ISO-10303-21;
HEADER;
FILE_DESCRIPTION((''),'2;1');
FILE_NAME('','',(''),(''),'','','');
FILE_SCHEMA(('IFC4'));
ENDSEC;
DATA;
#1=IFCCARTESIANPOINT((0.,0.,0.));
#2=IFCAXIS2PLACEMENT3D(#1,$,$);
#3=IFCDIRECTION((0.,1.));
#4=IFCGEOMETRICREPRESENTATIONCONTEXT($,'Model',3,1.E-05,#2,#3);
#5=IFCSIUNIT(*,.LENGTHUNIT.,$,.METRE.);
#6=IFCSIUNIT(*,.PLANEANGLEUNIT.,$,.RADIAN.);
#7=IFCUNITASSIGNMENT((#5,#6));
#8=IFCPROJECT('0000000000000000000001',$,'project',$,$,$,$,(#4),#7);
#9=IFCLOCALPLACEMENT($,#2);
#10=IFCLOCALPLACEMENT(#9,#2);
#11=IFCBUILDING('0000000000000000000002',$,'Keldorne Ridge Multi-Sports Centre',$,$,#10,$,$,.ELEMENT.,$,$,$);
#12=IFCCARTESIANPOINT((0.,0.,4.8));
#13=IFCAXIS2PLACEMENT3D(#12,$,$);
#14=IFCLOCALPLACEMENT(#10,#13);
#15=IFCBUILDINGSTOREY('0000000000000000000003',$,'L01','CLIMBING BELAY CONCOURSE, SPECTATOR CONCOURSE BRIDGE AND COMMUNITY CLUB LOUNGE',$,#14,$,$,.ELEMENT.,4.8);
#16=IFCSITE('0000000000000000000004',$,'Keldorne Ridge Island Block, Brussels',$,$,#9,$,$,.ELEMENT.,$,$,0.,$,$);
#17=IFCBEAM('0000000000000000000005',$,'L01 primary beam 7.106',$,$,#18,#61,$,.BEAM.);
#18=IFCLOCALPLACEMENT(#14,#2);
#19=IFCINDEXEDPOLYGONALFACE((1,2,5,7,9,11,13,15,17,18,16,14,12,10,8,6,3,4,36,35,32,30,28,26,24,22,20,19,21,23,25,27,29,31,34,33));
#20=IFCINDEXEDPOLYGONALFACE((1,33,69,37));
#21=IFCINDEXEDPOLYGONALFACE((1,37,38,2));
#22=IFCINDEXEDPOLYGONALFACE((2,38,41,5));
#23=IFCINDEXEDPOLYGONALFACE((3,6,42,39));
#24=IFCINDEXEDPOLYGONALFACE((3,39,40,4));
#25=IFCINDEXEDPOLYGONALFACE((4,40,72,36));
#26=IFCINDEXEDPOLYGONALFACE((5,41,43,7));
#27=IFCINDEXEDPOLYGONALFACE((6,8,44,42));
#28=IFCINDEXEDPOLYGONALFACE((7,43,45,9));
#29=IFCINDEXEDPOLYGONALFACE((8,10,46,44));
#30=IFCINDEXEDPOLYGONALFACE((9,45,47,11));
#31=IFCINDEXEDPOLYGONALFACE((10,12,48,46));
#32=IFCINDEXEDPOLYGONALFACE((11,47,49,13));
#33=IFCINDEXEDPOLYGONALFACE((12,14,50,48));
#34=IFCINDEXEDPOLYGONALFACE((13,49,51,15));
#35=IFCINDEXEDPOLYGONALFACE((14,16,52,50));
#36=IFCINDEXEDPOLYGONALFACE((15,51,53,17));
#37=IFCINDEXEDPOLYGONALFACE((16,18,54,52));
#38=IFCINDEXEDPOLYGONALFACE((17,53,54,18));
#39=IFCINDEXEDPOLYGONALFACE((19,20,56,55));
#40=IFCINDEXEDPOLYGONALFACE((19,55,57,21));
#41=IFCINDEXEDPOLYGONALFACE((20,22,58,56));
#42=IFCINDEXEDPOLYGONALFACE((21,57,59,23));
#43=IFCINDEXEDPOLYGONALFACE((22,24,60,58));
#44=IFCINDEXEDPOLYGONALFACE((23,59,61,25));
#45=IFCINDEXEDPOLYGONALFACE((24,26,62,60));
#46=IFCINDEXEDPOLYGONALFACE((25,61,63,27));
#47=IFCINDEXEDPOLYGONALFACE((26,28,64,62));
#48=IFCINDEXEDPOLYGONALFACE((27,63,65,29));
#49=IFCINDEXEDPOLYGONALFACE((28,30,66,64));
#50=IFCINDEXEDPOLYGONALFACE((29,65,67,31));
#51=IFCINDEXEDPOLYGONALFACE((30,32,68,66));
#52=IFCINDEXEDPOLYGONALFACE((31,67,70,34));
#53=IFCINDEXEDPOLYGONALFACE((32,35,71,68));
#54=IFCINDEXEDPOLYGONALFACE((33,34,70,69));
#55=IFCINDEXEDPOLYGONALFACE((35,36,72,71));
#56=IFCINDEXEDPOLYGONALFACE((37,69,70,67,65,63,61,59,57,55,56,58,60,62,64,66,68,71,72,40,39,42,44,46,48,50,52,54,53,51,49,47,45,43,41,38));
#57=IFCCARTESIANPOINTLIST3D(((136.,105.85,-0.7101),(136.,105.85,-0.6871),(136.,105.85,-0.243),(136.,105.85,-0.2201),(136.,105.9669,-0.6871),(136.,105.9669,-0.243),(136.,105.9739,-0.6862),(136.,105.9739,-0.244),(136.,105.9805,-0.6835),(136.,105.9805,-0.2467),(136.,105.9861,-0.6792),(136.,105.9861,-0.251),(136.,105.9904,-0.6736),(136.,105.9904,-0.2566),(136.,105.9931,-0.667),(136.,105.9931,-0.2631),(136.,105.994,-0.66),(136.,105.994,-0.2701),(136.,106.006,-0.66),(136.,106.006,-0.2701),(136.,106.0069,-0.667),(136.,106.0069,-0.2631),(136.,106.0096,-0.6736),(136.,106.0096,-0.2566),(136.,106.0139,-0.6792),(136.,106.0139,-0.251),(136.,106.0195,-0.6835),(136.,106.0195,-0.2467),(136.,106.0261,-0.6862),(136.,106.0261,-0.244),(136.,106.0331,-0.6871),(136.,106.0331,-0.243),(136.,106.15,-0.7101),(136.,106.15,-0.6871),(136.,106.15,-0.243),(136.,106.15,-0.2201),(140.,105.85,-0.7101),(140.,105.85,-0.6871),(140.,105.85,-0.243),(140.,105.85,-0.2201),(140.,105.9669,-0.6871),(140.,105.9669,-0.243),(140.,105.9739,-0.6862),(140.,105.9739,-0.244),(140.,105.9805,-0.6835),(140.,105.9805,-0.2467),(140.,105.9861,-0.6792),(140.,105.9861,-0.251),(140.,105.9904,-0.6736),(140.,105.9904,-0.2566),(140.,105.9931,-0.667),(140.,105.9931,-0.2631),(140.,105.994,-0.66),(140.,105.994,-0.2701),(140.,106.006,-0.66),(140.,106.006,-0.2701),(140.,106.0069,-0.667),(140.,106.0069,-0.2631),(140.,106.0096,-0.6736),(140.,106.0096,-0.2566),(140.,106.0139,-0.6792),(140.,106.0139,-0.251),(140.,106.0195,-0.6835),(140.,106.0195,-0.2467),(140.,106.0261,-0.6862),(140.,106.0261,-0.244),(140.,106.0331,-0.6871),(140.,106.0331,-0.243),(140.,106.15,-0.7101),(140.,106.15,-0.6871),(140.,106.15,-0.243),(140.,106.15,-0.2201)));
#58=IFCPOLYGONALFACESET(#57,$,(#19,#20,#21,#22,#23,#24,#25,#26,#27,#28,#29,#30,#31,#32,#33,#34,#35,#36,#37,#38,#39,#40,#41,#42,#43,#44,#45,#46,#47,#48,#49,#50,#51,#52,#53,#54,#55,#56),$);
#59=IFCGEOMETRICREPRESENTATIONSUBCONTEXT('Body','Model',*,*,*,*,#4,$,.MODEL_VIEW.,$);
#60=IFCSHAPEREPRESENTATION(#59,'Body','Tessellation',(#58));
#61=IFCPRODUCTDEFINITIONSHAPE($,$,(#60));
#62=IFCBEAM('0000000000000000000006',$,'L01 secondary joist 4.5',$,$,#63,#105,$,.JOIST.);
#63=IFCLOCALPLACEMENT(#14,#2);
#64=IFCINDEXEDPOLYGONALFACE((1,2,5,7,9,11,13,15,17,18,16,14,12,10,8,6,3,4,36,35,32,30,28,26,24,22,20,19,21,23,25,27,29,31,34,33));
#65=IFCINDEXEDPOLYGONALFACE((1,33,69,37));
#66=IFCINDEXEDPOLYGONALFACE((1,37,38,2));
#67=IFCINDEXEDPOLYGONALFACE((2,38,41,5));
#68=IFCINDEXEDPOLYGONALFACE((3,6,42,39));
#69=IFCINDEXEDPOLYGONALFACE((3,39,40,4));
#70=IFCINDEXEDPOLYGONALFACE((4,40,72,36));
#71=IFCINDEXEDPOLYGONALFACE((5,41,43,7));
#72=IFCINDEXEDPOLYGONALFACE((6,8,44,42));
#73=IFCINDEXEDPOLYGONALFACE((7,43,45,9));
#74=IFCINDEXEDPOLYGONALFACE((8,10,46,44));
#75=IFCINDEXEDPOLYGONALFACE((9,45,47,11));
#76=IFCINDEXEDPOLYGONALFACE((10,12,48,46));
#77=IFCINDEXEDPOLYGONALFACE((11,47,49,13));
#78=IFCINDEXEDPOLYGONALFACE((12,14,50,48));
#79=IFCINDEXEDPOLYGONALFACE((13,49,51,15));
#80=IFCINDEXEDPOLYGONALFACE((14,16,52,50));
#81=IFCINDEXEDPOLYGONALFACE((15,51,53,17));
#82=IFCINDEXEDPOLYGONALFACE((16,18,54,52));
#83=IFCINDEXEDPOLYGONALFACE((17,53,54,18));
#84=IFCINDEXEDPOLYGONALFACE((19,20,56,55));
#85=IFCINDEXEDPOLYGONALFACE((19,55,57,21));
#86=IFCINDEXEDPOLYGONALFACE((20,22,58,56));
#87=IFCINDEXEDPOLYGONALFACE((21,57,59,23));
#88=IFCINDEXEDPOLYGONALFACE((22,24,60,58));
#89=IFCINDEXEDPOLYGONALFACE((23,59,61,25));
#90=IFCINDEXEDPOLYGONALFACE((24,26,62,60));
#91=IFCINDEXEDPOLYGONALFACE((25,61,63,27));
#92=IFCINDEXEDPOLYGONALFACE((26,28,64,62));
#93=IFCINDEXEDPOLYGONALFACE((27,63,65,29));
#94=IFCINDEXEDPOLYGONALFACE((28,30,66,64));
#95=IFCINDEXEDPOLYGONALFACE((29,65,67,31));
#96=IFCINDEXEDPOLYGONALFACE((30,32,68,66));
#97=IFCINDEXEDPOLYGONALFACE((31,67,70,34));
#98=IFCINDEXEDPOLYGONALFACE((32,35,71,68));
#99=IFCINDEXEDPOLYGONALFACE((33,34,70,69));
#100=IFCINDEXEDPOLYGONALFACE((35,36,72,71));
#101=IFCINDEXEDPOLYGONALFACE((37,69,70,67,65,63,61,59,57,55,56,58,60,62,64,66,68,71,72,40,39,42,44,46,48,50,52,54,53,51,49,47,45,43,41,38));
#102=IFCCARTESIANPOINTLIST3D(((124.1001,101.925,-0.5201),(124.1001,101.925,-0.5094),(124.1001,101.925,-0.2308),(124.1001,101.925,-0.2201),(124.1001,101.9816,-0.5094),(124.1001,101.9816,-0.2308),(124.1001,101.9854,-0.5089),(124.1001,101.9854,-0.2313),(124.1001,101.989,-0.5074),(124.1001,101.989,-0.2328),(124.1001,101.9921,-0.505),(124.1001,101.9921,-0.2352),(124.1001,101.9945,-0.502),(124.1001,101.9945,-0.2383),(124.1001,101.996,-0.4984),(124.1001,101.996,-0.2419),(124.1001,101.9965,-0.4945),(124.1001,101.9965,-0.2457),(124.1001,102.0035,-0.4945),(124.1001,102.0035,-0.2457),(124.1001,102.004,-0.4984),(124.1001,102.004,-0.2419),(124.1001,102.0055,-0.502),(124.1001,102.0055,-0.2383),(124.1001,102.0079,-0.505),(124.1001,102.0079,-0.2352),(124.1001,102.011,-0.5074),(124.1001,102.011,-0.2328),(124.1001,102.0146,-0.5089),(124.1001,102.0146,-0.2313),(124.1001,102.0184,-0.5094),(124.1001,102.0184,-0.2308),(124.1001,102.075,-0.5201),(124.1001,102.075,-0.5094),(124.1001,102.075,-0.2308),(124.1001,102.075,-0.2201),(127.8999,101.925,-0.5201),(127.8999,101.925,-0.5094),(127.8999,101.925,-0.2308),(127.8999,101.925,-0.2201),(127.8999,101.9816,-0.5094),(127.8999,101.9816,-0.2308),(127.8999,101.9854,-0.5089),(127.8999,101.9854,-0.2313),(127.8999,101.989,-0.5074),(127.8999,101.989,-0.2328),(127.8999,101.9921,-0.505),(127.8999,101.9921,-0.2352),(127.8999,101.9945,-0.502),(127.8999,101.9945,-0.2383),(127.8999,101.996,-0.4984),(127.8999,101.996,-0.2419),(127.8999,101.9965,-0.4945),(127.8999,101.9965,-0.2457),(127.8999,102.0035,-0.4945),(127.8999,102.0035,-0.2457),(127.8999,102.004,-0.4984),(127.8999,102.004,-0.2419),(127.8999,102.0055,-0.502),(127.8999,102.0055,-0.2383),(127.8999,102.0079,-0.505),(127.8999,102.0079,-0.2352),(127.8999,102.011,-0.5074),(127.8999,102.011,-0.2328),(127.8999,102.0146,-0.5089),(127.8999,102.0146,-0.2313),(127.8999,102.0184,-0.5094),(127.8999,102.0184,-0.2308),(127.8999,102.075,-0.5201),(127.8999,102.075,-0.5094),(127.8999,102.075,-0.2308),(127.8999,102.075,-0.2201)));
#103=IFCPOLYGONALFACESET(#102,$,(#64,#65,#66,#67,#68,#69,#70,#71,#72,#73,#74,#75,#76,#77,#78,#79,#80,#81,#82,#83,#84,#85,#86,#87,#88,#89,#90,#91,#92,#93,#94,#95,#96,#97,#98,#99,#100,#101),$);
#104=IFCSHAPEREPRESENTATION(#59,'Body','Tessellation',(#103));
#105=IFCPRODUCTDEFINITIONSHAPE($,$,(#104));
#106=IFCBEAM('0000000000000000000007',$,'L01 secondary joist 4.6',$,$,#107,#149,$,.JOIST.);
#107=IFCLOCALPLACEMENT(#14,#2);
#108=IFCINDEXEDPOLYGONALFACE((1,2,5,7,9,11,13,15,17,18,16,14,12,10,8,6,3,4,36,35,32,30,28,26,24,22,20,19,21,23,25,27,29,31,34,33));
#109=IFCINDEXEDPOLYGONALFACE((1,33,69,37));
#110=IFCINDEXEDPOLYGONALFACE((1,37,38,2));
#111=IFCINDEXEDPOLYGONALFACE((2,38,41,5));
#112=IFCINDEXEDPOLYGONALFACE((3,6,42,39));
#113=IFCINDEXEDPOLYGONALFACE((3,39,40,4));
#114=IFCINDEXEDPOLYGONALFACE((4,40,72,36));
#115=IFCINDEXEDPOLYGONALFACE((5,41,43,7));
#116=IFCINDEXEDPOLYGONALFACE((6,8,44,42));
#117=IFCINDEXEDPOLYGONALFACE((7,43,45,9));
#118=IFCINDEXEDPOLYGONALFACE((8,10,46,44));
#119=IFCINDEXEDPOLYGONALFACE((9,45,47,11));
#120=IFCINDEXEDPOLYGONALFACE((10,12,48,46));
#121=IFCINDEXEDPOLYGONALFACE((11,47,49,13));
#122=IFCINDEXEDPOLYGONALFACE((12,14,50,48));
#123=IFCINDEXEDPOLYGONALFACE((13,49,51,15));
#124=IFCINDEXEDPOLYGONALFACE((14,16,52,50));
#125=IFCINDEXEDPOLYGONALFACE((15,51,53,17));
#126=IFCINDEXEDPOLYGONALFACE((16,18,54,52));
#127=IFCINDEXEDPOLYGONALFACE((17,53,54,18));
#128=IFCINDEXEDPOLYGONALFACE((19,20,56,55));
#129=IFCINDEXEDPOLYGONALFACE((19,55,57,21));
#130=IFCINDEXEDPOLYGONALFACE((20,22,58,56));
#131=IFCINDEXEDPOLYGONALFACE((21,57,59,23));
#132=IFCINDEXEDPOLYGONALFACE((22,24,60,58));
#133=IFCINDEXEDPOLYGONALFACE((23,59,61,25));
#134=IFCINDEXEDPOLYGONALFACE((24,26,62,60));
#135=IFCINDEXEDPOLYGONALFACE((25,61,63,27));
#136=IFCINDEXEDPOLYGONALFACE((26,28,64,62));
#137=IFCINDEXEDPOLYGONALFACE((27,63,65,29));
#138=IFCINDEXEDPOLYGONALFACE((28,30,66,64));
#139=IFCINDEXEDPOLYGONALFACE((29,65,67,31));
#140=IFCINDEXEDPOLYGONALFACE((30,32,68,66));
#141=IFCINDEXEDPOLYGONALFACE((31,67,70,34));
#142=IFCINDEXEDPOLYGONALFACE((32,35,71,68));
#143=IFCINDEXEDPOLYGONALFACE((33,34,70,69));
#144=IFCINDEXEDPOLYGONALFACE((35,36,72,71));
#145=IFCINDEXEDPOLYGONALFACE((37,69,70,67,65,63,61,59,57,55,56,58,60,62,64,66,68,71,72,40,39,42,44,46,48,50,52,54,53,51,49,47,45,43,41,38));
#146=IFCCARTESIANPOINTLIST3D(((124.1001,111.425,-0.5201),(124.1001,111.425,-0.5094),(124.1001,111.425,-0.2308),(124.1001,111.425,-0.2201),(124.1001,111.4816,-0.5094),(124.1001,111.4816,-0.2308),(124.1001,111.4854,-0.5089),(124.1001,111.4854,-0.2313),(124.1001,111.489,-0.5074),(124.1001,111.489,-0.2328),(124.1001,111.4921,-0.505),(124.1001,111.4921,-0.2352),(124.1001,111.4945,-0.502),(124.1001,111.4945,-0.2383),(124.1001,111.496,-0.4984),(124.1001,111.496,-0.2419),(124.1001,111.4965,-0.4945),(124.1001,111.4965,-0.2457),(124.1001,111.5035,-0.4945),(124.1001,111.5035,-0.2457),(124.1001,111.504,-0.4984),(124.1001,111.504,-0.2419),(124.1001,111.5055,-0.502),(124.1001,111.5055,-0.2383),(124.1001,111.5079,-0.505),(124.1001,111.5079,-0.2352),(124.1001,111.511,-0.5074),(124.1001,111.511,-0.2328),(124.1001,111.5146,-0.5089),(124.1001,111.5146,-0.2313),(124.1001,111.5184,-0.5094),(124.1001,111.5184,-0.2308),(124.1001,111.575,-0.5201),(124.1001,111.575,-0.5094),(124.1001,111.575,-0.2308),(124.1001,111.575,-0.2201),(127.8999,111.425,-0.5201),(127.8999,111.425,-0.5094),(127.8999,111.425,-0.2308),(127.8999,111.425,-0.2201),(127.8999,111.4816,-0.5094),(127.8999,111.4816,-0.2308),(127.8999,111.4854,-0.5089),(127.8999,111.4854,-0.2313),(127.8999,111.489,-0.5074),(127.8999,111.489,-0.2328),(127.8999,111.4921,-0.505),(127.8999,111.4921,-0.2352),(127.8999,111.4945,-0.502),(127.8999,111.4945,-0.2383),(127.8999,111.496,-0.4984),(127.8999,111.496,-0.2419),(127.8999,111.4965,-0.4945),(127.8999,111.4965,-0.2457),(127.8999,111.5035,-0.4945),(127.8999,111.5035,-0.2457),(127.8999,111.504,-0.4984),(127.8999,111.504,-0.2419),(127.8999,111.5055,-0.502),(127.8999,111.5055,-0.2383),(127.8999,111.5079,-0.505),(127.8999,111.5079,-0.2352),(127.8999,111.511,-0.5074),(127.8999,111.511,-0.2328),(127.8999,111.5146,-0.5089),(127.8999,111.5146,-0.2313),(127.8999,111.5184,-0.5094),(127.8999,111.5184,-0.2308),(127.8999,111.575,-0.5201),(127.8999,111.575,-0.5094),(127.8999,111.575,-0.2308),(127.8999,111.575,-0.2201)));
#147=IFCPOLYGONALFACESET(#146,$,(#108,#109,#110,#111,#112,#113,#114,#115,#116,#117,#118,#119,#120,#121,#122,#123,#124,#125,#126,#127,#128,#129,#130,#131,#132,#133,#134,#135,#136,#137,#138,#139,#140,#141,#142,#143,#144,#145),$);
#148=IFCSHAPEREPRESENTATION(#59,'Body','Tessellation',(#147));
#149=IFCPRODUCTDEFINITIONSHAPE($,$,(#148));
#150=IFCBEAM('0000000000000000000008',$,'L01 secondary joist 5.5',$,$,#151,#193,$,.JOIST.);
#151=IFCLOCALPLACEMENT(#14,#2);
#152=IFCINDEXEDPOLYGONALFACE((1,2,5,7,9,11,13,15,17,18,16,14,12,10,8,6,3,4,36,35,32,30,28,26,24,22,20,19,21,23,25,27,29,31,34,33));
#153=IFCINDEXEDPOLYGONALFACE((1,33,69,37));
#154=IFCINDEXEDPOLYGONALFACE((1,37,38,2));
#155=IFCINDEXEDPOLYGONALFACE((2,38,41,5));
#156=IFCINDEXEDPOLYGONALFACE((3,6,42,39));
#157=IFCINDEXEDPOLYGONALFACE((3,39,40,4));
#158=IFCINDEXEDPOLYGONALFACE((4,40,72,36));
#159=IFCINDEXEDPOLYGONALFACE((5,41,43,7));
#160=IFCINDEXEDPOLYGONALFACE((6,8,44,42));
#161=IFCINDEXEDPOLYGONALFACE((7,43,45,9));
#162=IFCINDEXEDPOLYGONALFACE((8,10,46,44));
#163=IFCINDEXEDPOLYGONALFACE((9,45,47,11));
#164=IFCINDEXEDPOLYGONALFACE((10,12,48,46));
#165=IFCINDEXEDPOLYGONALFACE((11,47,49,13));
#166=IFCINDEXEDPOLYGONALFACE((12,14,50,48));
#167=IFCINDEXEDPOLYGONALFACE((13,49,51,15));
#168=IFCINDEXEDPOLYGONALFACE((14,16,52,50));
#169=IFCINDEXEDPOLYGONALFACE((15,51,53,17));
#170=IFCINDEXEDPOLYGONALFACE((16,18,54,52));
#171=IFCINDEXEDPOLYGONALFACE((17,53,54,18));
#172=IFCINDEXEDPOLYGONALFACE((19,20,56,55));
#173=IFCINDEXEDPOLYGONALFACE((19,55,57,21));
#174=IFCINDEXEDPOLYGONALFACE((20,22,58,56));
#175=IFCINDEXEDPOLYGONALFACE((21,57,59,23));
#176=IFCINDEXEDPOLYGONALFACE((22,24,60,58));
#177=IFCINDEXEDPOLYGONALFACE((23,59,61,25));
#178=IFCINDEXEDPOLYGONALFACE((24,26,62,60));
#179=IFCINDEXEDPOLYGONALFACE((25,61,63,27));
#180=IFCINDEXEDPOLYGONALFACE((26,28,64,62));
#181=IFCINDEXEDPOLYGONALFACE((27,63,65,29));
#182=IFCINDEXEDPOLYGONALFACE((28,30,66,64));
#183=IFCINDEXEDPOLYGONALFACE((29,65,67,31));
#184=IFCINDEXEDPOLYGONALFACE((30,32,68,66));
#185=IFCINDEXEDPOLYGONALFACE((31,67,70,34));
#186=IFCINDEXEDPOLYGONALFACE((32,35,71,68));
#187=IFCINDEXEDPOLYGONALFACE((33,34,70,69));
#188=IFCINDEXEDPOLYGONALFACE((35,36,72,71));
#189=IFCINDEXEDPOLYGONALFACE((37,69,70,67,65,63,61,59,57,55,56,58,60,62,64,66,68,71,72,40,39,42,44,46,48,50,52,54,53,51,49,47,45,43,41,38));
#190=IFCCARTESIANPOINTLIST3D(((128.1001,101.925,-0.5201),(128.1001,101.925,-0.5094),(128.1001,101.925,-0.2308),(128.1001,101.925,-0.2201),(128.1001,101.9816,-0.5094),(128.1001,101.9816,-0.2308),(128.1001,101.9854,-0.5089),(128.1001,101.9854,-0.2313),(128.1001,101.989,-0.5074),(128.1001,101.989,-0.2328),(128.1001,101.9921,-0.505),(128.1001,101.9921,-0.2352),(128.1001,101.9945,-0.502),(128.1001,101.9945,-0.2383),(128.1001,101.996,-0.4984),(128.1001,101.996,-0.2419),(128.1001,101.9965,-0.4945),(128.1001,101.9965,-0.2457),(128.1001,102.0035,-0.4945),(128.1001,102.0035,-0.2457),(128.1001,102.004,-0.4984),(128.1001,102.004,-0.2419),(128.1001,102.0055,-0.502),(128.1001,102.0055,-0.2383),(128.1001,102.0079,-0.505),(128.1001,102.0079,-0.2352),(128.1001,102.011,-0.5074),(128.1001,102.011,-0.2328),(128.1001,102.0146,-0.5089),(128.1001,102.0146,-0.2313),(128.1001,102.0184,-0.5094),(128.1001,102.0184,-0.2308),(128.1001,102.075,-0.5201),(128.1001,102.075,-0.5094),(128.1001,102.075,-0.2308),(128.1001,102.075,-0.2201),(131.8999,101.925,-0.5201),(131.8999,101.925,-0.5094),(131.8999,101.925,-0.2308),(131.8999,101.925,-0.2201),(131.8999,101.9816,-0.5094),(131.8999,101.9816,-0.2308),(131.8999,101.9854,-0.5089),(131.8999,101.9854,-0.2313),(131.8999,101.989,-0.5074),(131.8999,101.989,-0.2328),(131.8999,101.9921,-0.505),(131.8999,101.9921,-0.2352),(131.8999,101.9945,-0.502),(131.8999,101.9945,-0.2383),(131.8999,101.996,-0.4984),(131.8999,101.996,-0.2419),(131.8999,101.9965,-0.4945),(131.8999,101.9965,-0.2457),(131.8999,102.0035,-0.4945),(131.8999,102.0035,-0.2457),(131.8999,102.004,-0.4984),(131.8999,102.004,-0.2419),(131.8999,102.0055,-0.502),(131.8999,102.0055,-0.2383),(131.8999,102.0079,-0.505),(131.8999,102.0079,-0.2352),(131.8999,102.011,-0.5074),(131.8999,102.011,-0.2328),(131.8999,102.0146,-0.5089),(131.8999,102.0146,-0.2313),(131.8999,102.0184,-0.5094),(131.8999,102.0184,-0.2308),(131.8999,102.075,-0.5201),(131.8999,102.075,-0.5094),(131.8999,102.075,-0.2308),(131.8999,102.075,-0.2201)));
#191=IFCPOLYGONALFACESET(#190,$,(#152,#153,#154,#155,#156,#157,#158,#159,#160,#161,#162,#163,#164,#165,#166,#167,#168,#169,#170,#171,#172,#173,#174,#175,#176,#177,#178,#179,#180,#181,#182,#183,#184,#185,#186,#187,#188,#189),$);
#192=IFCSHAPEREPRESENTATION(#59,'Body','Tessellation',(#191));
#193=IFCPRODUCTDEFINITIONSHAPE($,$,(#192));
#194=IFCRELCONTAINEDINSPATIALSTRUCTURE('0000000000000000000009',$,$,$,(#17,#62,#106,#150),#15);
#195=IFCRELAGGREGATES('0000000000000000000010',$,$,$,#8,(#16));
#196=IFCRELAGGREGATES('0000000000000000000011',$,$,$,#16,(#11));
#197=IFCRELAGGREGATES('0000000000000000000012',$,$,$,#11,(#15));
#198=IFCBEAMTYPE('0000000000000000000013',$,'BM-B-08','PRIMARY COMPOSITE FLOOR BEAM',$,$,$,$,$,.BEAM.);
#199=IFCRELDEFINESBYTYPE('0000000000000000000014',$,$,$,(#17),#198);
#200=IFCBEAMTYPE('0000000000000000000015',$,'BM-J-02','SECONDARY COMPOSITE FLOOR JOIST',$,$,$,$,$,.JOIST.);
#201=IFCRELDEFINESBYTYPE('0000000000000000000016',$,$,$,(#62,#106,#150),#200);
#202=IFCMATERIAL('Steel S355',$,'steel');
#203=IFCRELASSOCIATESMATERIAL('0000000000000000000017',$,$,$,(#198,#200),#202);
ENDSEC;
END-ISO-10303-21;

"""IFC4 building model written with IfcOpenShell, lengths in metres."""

from ifc_helpers import new_model, si_unit, direction, frame, origin, origin_2d, place, context, subcontext, project, spatial, i_section, extrude, material, material_profile, profile_set, type_object, element, save


model = new_model("IFC4")

# Units and contexts
model_context = context("Model", 3, precision=1e-05, world=origin(), true_north=direction((0.0, 1.0)))
body_context = subcontext(model_context, "Body", "Model", "MODEL_VIEW")
ifc_project = project(units=[si_unit("LENGTHUNIT", "METRE"), si_unit("PLANEANGLEUNIT", "RADIAN")], contexts=[model_context])

# Site, building, storey
site_placement = place(None, origin())
site = spatial("IfcSite", under=ifc_project, at=site_placement, Name="Keldorne Ridge Island Block, Brussels", CompositionType="ELEMENT", RefElevation=0.0)
building_placement = place(site_placement, origin())
building = spatial("IfcBuilding", under=site, at=building_placement, Name="Keldorne Ridge Multi-Sports Centre", CompositionType="ELEMENT")
storey_placement = place(building_placement, frame((0.0, 0.0, 4.8)))
storey = spatial("IfcBuildingStorey", under=building, at=storey_placement, Name="L01", Description="CLIMBING BELAY CONCOURSE, SPECTATOR CONCOURSE BRIDGE AND COMMUNITY CLUB LOUNGE", CompositionType="ELEMENT", Elevation=4.8)

# Shared definitions
ifc_material_1 = material(Name="Steel S355", Category="steel")

# Beams
ifc_material_profile_1 = material_profile(ifc_material_1, i_section(OverallWidth=0.3, OverallDepth=0.49, WebThickness=0.012, FlangeThickness=0.0229, FilletRadius=0.0271, at=origin_2d()), Name="HEA 500")
ifc_profile_set_1 = profile_set([ifc_material_profile_1], Name="Steel S355")
beam_type_1 = type_object("IfcBeamType", Name="BM-B-08", Description="PRIMARY COMPOSITE FLOOR BEAM", PredefinedType="BEAM", material=ifc_profile_set_1)
for number, where, z_axis, x_axis, name in (
    (1, (136.0, 106.0, -0.4651), (1.0, 0.0, 0.0), (0.0, 1.0, 0.0), "L01 primary beam 7.106"),
):
    element("IfcBeam", number, at=place(storey_placement, frame(where, z_axis=z_axis, x_axis=x_axis)), inside=storey, type_object=beam_type_1, Name=name, PredefinedType="BEAM", context=body_context, shape_type="SweptSolid", body=[
        extrude(i_section(OverallWidth=0.3, OverallDepth=0.49, WebThickness=0.012, FlangeThickness=0.0229, FilletRadius=0.0271, at=origin_2d()), origin(), (0.0, 0.0, 1.0), 4.0),
    ])
ifc_material_profile_2 = material_profile(ifc_material_1, i_section(OverallWidth=0.1499, OverallDepth=0.3, WebThickness=0.0071, FlangeThickness=0.0107, FilletRadius=0.0149, at=origin_2d()), Name="IPE 300")
ifc_profile_set_2 = profile_set([ifc_material_profile_2], Name="Steel S355")
beam_type_2 = type_object("IfcBeamType", Name="BM-J-02", Description="SECONDARY COMPOSITE FLOOR JOIST", PredefinedType="JOIST", material=ifc_profile_set_2)
for number, where, z_axis, x_axis, name in (
    (2, (124.1001, 102.0, -0.3701), (1.0, 0.0, 0.0), (0.0, 1.0, 0.0), "L01 secondary joist 4.5"),
    (3, (124.1001, 111.5, -0.3701), (1.0, 0.0, 0.0), (0.0, 1.0, 0.0), "L01 secondary joist 4.6"),
    (4, (128.1001, 102.0, -0.3701), (1.0, 0.0, 0.0), (0.0, 1.0, 0.0), "L01 secondary joist 5.5"),
):
    element("IfcBeam", number, at=place(storey_placement, frame(where, z_axis=z_axis, x_axis=x_axis)), inside=storey, type_object=beam_type_2, Name=name, PredefinedType="JOIST", context=body_context, shape_type="SweptSolid", body=[
        extrude(i_section(OverallWidth=0.1499, OverallDepth=0.3, WebThickness=0.0071, FlangeThickness=0.0107, FilletRadius=0.0149, at=origin_2d()), origin(), (0.0, 0.0, 1.0), 3.7998),
    ])

save(model, "model.ifc")
